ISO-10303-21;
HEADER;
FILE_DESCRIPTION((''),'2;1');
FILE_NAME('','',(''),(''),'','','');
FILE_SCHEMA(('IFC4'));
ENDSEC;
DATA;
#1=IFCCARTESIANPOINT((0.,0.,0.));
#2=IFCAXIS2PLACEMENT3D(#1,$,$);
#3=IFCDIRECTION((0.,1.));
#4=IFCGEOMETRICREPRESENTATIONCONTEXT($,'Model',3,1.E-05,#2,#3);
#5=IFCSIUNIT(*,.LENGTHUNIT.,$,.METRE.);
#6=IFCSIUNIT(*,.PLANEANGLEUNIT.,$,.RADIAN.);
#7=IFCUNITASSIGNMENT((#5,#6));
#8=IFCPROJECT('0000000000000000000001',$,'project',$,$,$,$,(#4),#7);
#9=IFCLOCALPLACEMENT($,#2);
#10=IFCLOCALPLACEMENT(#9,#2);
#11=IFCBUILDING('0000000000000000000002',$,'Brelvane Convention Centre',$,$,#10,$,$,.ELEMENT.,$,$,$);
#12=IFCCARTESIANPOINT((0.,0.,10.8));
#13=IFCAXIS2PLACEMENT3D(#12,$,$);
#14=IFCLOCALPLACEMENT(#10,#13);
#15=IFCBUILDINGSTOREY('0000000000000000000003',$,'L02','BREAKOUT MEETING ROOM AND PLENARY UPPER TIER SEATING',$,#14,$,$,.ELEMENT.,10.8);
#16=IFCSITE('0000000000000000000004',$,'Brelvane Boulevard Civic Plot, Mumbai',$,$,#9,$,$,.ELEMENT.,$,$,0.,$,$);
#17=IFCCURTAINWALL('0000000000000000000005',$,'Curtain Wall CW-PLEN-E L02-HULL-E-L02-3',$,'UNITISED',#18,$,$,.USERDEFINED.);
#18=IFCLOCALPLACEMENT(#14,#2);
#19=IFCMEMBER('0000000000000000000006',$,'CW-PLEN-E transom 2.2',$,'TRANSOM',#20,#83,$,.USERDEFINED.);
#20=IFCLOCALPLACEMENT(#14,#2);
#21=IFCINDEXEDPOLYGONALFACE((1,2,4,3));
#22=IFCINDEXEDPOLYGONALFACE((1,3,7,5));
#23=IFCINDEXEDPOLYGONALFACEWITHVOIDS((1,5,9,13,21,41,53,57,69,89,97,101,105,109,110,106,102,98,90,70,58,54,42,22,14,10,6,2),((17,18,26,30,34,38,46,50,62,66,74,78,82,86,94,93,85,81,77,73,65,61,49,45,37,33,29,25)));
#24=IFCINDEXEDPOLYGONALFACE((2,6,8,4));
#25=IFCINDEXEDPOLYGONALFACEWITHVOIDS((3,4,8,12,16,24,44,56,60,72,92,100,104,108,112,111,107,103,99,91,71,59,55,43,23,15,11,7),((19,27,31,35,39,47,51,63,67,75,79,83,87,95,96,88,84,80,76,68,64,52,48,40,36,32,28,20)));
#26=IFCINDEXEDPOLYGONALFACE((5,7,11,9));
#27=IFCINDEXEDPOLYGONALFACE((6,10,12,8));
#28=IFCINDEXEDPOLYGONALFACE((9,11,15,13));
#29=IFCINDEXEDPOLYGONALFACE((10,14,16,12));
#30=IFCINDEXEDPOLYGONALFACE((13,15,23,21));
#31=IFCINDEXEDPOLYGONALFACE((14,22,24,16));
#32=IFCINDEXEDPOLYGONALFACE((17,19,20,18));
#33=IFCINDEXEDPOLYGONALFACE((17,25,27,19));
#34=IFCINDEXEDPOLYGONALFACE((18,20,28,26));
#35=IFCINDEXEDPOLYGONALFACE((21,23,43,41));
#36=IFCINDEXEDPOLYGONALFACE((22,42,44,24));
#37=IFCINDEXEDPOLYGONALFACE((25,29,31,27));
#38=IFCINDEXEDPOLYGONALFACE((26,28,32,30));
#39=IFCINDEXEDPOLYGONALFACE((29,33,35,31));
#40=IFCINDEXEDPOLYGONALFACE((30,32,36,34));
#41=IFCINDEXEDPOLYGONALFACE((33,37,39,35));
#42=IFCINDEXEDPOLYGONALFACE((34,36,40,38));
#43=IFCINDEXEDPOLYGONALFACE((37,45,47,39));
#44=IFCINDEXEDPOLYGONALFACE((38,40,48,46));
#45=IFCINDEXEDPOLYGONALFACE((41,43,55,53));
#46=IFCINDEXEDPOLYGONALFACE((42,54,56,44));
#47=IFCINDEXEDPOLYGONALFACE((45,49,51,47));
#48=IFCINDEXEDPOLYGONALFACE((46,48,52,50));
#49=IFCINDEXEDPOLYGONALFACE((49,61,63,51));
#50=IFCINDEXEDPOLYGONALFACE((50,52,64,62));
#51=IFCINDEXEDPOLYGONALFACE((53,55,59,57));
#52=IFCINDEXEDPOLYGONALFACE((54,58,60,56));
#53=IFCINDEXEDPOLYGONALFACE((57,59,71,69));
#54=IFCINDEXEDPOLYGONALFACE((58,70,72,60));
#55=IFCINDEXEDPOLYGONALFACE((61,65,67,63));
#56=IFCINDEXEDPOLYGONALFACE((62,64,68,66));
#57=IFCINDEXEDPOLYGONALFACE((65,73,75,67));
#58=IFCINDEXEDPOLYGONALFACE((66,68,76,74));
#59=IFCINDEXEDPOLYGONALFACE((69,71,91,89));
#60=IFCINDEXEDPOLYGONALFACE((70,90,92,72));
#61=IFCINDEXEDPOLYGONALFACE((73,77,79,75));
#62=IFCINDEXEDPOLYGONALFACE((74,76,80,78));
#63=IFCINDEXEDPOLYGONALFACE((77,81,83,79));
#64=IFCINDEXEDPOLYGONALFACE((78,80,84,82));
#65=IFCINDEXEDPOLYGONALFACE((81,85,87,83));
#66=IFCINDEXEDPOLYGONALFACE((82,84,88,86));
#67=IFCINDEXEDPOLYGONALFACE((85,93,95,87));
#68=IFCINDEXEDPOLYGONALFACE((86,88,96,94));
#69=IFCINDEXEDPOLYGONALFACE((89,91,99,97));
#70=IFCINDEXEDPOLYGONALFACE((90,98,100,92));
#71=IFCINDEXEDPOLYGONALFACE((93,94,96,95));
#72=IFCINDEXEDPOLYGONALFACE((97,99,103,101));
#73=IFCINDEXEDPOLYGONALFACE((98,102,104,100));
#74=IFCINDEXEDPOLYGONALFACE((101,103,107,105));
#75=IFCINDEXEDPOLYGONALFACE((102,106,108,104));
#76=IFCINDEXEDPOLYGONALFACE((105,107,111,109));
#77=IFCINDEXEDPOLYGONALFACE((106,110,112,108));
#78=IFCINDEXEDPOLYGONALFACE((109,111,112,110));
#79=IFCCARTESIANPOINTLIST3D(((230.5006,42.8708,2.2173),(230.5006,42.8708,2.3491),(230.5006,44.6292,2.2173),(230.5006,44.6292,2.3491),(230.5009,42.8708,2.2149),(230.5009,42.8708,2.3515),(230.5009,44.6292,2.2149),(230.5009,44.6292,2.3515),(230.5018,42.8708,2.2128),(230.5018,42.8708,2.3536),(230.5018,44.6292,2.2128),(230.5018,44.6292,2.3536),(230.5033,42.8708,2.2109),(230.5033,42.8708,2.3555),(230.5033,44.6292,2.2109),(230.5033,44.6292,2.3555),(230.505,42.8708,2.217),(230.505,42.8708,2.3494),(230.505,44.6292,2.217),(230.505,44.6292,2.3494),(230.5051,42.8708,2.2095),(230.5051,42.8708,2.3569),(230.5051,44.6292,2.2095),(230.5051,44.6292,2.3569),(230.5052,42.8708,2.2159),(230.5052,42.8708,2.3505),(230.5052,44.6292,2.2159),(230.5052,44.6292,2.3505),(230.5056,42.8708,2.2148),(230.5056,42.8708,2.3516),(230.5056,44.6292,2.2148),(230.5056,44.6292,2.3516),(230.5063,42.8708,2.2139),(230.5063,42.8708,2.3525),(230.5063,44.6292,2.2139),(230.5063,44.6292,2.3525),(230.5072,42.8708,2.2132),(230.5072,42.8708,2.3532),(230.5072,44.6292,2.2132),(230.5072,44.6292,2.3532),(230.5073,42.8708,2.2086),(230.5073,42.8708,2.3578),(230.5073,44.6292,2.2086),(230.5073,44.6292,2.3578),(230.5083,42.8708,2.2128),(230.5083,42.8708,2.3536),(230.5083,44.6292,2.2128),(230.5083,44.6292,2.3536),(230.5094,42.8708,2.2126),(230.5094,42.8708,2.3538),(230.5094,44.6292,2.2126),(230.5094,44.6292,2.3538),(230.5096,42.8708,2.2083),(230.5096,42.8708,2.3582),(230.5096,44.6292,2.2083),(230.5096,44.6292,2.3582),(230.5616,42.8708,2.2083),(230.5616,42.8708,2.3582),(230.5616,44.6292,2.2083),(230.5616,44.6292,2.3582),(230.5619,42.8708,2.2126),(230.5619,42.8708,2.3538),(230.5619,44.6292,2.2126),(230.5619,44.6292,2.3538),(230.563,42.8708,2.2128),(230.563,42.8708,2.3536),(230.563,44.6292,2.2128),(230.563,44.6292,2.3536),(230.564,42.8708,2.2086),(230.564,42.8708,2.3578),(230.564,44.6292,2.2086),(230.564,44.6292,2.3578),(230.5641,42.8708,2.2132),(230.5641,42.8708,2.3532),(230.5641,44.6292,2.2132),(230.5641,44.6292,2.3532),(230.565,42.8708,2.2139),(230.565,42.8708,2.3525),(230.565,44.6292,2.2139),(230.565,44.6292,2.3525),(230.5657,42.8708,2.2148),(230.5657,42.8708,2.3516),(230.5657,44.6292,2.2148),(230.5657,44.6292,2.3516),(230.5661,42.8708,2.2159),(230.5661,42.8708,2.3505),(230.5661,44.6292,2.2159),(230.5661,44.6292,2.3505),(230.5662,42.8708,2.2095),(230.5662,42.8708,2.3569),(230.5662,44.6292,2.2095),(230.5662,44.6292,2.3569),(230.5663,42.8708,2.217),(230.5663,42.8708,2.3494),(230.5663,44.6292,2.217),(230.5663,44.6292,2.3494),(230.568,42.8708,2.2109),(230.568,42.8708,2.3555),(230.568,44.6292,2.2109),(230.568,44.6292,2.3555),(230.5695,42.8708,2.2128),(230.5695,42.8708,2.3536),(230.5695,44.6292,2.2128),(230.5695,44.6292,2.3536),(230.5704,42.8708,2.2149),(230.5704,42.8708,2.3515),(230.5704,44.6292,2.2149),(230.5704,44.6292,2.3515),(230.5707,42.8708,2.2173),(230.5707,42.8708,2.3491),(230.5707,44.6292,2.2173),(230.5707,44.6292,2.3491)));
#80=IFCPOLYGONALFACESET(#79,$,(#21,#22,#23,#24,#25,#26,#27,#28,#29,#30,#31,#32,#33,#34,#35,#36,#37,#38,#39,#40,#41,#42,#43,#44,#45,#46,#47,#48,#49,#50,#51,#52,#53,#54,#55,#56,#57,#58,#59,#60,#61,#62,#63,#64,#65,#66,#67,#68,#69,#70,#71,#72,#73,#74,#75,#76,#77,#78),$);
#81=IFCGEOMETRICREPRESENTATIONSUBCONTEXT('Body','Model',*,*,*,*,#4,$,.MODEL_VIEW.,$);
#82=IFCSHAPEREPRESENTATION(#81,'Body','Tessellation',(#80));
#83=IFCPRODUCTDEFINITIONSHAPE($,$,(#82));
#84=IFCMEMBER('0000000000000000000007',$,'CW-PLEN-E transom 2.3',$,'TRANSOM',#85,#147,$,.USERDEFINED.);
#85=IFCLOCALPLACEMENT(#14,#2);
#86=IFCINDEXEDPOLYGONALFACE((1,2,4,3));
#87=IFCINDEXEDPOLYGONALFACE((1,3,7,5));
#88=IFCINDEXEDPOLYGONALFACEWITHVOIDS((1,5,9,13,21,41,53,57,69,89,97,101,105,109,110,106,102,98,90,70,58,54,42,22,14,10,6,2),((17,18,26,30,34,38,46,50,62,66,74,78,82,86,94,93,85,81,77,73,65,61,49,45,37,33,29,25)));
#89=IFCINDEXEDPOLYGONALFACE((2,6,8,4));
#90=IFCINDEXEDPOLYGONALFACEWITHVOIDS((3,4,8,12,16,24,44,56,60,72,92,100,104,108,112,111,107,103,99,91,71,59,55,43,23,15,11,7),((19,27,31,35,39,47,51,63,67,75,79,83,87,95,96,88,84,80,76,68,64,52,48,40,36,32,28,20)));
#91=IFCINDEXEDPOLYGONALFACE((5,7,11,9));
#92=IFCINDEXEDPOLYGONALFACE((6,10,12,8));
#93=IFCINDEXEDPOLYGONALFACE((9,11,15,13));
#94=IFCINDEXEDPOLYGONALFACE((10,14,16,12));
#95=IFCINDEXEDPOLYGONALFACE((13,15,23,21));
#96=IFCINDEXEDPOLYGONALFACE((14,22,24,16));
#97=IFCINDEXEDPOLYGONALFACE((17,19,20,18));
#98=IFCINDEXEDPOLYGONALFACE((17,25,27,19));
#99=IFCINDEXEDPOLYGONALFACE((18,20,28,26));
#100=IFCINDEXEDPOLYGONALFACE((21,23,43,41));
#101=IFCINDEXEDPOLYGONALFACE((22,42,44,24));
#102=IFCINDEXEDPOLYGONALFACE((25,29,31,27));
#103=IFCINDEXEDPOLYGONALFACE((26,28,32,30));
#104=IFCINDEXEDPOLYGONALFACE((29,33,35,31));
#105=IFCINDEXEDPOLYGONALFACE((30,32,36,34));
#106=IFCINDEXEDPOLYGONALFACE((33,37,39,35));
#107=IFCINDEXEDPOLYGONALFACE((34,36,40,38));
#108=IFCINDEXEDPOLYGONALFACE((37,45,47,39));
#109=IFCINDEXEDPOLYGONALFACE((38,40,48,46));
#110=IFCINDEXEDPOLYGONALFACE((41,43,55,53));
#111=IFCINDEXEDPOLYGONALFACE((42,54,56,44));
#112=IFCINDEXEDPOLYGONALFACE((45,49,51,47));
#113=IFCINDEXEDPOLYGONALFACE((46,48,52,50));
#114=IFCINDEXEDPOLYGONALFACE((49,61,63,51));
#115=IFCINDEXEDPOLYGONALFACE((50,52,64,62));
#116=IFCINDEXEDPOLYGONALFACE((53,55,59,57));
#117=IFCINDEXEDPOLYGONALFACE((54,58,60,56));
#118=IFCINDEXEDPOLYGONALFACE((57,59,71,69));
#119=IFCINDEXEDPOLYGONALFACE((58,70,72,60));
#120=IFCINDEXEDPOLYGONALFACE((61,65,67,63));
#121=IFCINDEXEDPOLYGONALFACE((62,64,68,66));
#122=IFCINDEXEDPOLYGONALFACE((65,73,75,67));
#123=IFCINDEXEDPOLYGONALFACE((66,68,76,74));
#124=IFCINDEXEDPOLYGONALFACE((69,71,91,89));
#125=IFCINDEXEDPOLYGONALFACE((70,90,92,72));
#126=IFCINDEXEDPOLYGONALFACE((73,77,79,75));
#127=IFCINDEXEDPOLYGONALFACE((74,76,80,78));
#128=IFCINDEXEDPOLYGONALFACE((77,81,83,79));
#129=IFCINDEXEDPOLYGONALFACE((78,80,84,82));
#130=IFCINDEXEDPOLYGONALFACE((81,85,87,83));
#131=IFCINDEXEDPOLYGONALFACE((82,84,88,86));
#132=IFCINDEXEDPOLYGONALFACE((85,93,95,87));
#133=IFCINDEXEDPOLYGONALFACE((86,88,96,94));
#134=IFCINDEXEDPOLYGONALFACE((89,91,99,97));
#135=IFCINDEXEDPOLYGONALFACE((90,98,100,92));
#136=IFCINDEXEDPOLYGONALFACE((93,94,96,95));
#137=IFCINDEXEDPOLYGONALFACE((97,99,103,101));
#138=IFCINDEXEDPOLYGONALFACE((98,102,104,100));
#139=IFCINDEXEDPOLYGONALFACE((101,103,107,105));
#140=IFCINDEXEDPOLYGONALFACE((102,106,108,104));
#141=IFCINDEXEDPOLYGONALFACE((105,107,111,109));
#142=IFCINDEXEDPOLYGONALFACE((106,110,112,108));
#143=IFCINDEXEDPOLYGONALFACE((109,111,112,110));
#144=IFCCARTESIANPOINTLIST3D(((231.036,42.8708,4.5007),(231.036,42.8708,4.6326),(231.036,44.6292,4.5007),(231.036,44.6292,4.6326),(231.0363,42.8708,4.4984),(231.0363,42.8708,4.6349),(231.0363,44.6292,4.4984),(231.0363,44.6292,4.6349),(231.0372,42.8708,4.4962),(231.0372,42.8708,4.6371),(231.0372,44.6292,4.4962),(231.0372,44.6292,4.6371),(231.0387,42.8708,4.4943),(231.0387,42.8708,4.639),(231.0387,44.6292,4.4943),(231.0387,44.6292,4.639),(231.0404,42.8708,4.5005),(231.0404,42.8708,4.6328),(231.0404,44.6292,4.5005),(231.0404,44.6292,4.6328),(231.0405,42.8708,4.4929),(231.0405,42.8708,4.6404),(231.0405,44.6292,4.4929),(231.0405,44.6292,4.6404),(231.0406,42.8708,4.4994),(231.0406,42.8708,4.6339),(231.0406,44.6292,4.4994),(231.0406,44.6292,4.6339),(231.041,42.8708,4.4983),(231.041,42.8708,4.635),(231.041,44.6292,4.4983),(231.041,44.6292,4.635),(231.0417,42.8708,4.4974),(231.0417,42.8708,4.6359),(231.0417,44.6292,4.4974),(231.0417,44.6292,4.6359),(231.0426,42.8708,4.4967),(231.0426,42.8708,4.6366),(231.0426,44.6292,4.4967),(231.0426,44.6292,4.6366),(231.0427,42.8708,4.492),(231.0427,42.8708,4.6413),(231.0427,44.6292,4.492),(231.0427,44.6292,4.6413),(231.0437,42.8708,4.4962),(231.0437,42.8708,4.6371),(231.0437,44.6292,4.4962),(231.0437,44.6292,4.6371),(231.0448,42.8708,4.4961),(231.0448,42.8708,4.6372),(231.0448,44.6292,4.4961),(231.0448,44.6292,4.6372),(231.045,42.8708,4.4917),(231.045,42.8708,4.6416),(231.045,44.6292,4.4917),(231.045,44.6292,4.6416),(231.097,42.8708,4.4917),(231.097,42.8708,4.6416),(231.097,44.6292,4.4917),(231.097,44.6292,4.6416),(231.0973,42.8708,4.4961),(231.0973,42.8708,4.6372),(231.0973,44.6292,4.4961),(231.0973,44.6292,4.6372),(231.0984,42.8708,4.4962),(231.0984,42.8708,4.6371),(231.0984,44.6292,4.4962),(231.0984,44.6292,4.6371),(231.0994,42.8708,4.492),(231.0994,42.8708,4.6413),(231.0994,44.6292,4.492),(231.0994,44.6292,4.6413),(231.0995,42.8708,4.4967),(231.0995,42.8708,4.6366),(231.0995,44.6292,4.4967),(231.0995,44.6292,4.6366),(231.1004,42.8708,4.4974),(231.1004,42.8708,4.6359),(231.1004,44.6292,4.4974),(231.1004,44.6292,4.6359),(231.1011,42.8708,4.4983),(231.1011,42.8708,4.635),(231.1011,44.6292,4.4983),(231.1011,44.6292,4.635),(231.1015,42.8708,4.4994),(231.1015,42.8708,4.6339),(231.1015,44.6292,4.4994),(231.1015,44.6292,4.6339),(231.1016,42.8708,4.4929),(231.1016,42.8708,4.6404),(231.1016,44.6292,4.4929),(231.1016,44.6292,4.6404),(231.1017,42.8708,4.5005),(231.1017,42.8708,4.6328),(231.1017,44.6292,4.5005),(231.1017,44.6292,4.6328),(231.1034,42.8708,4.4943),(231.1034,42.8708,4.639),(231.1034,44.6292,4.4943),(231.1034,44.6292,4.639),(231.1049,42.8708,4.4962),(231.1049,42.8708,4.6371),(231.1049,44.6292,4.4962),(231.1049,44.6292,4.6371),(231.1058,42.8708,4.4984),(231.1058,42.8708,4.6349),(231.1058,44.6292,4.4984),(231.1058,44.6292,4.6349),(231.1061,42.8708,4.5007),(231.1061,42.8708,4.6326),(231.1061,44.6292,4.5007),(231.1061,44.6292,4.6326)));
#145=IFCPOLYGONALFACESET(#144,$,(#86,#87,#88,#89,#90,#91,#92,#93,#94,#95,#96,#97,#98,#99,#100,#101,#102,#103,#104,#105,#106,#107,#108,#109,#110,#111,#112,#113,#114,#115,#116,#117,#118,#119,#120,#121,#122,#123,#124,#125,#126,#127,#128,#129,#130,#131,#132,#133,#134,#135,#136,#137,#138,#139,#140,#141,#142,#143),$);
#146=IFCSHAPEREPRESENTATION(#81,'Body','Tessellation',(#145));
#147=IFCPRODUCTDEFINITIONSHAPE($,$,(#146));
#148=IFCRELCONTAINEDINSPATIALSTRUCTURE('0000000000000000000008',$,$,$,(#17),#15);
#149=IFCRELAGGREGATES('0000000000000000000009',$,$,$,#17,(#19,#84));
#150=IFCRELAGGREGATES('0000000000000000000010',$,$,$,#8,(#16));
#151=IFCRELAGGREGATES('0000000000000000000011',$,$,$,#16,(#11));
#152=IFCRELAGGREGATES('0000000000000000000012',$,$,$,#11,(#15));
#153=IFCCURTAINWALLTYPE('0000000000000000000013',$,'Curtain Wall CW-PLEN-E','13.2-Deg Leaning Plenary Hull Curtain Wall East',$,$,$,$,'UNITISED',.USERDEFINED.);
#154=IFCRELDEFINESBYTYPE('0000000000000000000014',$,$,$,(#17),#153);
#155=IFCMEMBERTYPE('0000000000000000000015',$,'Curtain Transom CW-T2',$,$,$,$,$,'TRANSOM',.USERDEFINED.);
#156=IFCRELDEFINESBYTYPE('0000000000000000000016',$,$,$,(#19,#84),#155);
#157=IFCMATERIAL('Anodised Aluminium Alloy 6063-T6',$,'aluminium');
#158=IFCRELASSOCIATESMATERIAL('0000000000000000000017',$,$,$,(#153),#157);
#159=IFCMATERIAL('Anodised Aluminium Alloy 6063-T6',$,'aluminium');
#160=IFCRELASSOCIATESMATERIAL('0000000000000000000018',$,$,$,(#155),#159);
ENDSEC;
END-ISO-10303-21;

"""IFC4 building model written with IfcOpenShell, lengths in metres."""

from ifc_helpers import new_model, si_unit, direction, frame, origin, origin_2d, place, context, subcontext, project, spatial, hollow_rectangle, extrude, material, material_profile, profile_set, type_object, element, aggregate, save


model = new_model("IFC4")

# Units and contexts
model_context = context("Model", 3, precision=1e-05, world=origin(), true_north=direction((0.0, 1.0)))
body_context = subcontext(model_context, "Body", "Model", "MODEL_VIEW")
ifc_project = project(units=[si_unit("LENGTHUNIT", "METRE"), si_unit("PLANEANGLEUNIT", "RADIAN")], contexts=[model_context])

# Site, building, storey
site_placement = place(None, origin())
site = spatial("IfcSite", under=ifc_project, at=site_placement, Name="Brelvane Boulevard Civic Plot, Mumbai", CompositionType="ELEMENT", RefElevation=0.0)
building_placement = place(site_placement, origin())
building = spatial("IfcBuilding", under=site, at=building_placement, Name="Brelvane Convention Centre", CompositionType="ELEMENT")
storey_placement = place(building_placement, frame((0.0, 0.0, 10.8)))
storey = spatial("IfcBuildingStorey", under=building, at=storey_placement, Name="L02", Description="BREAKOUT MEETING ROOM AND PLENARY UPPER TIER SEATING", CompositionType="ELEMENT", Elevation=10.8)

# Curtain wall, members
ifc_material_1 = material(Name="Anodised Aluminium Alloy 6063-T6", Category="aluminium")
curtain_wall_type = type_object("IfcCurtainWallType", Name="Curtain Wall CW-PLEN-E", Description="13.2-Deg Leaning Plenary Hull Curtain Wall East", ElementType="UNITISED", PredefinedType="USERDEFINED", material=ifc_material_1)
ifc_material_2 = material(Name="Anodised Aluminium Alloy 6063-T6", Category="aluminium")
ifc_material_profile = material_profile(ifc_material_2, hollow_rectangle(XDim=0.0701, YDim=0.1499, WallThickness=0.0044, InnerFilletRadius=0.0044, OuterFilletRadius=0.009, at=origin_2d()), Name="ALU-T 150x70x4.5")
ifc_profile_set = profile_set([ifc_material_profile], Name="Anodised Aluminium Alloy 6063-T6")
member_type = type_object("IfcMemberType", Name="Curtain Transom CW-T2", ElementType="TRANSOM", PredefinedType="USERDEFINED", material=ifc_profile_set)
curtain_wall_1_placement = place(storey_placement, origin())
curtain_wall_1 = element("IfcCurtainWall", 1, at=curtain_wall_1_placement, inside=storey, type_object=curtain_wall_type, Name="Curtain Wall CW-PLEN-E L02-HULL-E-L02-3", ObjectType="UNITISED", PredefinedType="USERDEFINED")
member_1_placement = place(storey_placement, frame((230.5356, 42.8708, 2.2832), z_axis=(0.0, 1.0, 0.0), x_axis=(-1.0, 0.0, 0.0)))
member_1 = element("IfcMember", 2, at=member_1_placement, type_object=member_type, Name="CW-PLEN-E transom 2.2", ObjectType="TRANSOM", PredefinedType="USERDEFINED", context=body_context, shape_type="SweptSolid", body=[
    extrude(hollow_rectangle(XDim=0.0701, YDim=0.1499, WallThickness=0.0044, InnerFilletRadius=0.0044, OuterFilletRadius=0.009, at=origin_2d()), origin(), (0.0, 0.0, 1.0), 1.7583),
])
member_2_placement = place(storey_placement, frame((231.071, 42.8708, 4.5667), z_axis=(0.0, 1.0, 0.0), x_axis=(-1.0, 0.0, 0.0)))
member_2 = element("IfcMember", 3, at=member_2_placement, type_object=member_type, Name="CW-PLEN-E transom 2.3", ObjectType="TRANSOM", PredefinedType="USERDEFINED", context=body_context, shape_type="SweptSolid", body=[
    extrude(hollow_rectangle(XDim=0.0701, YDim=0.1499, WallThickness=0.0044, InnerFilletRadius=0.0044, OuterFilletRadius=0.009, at=origin_2d()), origin(), (0.0, 0.0, 1.0), 1.7583),
])

aggregate(curtain_wall_1, [member_1, member_2])

save(model, "model.ifc")
